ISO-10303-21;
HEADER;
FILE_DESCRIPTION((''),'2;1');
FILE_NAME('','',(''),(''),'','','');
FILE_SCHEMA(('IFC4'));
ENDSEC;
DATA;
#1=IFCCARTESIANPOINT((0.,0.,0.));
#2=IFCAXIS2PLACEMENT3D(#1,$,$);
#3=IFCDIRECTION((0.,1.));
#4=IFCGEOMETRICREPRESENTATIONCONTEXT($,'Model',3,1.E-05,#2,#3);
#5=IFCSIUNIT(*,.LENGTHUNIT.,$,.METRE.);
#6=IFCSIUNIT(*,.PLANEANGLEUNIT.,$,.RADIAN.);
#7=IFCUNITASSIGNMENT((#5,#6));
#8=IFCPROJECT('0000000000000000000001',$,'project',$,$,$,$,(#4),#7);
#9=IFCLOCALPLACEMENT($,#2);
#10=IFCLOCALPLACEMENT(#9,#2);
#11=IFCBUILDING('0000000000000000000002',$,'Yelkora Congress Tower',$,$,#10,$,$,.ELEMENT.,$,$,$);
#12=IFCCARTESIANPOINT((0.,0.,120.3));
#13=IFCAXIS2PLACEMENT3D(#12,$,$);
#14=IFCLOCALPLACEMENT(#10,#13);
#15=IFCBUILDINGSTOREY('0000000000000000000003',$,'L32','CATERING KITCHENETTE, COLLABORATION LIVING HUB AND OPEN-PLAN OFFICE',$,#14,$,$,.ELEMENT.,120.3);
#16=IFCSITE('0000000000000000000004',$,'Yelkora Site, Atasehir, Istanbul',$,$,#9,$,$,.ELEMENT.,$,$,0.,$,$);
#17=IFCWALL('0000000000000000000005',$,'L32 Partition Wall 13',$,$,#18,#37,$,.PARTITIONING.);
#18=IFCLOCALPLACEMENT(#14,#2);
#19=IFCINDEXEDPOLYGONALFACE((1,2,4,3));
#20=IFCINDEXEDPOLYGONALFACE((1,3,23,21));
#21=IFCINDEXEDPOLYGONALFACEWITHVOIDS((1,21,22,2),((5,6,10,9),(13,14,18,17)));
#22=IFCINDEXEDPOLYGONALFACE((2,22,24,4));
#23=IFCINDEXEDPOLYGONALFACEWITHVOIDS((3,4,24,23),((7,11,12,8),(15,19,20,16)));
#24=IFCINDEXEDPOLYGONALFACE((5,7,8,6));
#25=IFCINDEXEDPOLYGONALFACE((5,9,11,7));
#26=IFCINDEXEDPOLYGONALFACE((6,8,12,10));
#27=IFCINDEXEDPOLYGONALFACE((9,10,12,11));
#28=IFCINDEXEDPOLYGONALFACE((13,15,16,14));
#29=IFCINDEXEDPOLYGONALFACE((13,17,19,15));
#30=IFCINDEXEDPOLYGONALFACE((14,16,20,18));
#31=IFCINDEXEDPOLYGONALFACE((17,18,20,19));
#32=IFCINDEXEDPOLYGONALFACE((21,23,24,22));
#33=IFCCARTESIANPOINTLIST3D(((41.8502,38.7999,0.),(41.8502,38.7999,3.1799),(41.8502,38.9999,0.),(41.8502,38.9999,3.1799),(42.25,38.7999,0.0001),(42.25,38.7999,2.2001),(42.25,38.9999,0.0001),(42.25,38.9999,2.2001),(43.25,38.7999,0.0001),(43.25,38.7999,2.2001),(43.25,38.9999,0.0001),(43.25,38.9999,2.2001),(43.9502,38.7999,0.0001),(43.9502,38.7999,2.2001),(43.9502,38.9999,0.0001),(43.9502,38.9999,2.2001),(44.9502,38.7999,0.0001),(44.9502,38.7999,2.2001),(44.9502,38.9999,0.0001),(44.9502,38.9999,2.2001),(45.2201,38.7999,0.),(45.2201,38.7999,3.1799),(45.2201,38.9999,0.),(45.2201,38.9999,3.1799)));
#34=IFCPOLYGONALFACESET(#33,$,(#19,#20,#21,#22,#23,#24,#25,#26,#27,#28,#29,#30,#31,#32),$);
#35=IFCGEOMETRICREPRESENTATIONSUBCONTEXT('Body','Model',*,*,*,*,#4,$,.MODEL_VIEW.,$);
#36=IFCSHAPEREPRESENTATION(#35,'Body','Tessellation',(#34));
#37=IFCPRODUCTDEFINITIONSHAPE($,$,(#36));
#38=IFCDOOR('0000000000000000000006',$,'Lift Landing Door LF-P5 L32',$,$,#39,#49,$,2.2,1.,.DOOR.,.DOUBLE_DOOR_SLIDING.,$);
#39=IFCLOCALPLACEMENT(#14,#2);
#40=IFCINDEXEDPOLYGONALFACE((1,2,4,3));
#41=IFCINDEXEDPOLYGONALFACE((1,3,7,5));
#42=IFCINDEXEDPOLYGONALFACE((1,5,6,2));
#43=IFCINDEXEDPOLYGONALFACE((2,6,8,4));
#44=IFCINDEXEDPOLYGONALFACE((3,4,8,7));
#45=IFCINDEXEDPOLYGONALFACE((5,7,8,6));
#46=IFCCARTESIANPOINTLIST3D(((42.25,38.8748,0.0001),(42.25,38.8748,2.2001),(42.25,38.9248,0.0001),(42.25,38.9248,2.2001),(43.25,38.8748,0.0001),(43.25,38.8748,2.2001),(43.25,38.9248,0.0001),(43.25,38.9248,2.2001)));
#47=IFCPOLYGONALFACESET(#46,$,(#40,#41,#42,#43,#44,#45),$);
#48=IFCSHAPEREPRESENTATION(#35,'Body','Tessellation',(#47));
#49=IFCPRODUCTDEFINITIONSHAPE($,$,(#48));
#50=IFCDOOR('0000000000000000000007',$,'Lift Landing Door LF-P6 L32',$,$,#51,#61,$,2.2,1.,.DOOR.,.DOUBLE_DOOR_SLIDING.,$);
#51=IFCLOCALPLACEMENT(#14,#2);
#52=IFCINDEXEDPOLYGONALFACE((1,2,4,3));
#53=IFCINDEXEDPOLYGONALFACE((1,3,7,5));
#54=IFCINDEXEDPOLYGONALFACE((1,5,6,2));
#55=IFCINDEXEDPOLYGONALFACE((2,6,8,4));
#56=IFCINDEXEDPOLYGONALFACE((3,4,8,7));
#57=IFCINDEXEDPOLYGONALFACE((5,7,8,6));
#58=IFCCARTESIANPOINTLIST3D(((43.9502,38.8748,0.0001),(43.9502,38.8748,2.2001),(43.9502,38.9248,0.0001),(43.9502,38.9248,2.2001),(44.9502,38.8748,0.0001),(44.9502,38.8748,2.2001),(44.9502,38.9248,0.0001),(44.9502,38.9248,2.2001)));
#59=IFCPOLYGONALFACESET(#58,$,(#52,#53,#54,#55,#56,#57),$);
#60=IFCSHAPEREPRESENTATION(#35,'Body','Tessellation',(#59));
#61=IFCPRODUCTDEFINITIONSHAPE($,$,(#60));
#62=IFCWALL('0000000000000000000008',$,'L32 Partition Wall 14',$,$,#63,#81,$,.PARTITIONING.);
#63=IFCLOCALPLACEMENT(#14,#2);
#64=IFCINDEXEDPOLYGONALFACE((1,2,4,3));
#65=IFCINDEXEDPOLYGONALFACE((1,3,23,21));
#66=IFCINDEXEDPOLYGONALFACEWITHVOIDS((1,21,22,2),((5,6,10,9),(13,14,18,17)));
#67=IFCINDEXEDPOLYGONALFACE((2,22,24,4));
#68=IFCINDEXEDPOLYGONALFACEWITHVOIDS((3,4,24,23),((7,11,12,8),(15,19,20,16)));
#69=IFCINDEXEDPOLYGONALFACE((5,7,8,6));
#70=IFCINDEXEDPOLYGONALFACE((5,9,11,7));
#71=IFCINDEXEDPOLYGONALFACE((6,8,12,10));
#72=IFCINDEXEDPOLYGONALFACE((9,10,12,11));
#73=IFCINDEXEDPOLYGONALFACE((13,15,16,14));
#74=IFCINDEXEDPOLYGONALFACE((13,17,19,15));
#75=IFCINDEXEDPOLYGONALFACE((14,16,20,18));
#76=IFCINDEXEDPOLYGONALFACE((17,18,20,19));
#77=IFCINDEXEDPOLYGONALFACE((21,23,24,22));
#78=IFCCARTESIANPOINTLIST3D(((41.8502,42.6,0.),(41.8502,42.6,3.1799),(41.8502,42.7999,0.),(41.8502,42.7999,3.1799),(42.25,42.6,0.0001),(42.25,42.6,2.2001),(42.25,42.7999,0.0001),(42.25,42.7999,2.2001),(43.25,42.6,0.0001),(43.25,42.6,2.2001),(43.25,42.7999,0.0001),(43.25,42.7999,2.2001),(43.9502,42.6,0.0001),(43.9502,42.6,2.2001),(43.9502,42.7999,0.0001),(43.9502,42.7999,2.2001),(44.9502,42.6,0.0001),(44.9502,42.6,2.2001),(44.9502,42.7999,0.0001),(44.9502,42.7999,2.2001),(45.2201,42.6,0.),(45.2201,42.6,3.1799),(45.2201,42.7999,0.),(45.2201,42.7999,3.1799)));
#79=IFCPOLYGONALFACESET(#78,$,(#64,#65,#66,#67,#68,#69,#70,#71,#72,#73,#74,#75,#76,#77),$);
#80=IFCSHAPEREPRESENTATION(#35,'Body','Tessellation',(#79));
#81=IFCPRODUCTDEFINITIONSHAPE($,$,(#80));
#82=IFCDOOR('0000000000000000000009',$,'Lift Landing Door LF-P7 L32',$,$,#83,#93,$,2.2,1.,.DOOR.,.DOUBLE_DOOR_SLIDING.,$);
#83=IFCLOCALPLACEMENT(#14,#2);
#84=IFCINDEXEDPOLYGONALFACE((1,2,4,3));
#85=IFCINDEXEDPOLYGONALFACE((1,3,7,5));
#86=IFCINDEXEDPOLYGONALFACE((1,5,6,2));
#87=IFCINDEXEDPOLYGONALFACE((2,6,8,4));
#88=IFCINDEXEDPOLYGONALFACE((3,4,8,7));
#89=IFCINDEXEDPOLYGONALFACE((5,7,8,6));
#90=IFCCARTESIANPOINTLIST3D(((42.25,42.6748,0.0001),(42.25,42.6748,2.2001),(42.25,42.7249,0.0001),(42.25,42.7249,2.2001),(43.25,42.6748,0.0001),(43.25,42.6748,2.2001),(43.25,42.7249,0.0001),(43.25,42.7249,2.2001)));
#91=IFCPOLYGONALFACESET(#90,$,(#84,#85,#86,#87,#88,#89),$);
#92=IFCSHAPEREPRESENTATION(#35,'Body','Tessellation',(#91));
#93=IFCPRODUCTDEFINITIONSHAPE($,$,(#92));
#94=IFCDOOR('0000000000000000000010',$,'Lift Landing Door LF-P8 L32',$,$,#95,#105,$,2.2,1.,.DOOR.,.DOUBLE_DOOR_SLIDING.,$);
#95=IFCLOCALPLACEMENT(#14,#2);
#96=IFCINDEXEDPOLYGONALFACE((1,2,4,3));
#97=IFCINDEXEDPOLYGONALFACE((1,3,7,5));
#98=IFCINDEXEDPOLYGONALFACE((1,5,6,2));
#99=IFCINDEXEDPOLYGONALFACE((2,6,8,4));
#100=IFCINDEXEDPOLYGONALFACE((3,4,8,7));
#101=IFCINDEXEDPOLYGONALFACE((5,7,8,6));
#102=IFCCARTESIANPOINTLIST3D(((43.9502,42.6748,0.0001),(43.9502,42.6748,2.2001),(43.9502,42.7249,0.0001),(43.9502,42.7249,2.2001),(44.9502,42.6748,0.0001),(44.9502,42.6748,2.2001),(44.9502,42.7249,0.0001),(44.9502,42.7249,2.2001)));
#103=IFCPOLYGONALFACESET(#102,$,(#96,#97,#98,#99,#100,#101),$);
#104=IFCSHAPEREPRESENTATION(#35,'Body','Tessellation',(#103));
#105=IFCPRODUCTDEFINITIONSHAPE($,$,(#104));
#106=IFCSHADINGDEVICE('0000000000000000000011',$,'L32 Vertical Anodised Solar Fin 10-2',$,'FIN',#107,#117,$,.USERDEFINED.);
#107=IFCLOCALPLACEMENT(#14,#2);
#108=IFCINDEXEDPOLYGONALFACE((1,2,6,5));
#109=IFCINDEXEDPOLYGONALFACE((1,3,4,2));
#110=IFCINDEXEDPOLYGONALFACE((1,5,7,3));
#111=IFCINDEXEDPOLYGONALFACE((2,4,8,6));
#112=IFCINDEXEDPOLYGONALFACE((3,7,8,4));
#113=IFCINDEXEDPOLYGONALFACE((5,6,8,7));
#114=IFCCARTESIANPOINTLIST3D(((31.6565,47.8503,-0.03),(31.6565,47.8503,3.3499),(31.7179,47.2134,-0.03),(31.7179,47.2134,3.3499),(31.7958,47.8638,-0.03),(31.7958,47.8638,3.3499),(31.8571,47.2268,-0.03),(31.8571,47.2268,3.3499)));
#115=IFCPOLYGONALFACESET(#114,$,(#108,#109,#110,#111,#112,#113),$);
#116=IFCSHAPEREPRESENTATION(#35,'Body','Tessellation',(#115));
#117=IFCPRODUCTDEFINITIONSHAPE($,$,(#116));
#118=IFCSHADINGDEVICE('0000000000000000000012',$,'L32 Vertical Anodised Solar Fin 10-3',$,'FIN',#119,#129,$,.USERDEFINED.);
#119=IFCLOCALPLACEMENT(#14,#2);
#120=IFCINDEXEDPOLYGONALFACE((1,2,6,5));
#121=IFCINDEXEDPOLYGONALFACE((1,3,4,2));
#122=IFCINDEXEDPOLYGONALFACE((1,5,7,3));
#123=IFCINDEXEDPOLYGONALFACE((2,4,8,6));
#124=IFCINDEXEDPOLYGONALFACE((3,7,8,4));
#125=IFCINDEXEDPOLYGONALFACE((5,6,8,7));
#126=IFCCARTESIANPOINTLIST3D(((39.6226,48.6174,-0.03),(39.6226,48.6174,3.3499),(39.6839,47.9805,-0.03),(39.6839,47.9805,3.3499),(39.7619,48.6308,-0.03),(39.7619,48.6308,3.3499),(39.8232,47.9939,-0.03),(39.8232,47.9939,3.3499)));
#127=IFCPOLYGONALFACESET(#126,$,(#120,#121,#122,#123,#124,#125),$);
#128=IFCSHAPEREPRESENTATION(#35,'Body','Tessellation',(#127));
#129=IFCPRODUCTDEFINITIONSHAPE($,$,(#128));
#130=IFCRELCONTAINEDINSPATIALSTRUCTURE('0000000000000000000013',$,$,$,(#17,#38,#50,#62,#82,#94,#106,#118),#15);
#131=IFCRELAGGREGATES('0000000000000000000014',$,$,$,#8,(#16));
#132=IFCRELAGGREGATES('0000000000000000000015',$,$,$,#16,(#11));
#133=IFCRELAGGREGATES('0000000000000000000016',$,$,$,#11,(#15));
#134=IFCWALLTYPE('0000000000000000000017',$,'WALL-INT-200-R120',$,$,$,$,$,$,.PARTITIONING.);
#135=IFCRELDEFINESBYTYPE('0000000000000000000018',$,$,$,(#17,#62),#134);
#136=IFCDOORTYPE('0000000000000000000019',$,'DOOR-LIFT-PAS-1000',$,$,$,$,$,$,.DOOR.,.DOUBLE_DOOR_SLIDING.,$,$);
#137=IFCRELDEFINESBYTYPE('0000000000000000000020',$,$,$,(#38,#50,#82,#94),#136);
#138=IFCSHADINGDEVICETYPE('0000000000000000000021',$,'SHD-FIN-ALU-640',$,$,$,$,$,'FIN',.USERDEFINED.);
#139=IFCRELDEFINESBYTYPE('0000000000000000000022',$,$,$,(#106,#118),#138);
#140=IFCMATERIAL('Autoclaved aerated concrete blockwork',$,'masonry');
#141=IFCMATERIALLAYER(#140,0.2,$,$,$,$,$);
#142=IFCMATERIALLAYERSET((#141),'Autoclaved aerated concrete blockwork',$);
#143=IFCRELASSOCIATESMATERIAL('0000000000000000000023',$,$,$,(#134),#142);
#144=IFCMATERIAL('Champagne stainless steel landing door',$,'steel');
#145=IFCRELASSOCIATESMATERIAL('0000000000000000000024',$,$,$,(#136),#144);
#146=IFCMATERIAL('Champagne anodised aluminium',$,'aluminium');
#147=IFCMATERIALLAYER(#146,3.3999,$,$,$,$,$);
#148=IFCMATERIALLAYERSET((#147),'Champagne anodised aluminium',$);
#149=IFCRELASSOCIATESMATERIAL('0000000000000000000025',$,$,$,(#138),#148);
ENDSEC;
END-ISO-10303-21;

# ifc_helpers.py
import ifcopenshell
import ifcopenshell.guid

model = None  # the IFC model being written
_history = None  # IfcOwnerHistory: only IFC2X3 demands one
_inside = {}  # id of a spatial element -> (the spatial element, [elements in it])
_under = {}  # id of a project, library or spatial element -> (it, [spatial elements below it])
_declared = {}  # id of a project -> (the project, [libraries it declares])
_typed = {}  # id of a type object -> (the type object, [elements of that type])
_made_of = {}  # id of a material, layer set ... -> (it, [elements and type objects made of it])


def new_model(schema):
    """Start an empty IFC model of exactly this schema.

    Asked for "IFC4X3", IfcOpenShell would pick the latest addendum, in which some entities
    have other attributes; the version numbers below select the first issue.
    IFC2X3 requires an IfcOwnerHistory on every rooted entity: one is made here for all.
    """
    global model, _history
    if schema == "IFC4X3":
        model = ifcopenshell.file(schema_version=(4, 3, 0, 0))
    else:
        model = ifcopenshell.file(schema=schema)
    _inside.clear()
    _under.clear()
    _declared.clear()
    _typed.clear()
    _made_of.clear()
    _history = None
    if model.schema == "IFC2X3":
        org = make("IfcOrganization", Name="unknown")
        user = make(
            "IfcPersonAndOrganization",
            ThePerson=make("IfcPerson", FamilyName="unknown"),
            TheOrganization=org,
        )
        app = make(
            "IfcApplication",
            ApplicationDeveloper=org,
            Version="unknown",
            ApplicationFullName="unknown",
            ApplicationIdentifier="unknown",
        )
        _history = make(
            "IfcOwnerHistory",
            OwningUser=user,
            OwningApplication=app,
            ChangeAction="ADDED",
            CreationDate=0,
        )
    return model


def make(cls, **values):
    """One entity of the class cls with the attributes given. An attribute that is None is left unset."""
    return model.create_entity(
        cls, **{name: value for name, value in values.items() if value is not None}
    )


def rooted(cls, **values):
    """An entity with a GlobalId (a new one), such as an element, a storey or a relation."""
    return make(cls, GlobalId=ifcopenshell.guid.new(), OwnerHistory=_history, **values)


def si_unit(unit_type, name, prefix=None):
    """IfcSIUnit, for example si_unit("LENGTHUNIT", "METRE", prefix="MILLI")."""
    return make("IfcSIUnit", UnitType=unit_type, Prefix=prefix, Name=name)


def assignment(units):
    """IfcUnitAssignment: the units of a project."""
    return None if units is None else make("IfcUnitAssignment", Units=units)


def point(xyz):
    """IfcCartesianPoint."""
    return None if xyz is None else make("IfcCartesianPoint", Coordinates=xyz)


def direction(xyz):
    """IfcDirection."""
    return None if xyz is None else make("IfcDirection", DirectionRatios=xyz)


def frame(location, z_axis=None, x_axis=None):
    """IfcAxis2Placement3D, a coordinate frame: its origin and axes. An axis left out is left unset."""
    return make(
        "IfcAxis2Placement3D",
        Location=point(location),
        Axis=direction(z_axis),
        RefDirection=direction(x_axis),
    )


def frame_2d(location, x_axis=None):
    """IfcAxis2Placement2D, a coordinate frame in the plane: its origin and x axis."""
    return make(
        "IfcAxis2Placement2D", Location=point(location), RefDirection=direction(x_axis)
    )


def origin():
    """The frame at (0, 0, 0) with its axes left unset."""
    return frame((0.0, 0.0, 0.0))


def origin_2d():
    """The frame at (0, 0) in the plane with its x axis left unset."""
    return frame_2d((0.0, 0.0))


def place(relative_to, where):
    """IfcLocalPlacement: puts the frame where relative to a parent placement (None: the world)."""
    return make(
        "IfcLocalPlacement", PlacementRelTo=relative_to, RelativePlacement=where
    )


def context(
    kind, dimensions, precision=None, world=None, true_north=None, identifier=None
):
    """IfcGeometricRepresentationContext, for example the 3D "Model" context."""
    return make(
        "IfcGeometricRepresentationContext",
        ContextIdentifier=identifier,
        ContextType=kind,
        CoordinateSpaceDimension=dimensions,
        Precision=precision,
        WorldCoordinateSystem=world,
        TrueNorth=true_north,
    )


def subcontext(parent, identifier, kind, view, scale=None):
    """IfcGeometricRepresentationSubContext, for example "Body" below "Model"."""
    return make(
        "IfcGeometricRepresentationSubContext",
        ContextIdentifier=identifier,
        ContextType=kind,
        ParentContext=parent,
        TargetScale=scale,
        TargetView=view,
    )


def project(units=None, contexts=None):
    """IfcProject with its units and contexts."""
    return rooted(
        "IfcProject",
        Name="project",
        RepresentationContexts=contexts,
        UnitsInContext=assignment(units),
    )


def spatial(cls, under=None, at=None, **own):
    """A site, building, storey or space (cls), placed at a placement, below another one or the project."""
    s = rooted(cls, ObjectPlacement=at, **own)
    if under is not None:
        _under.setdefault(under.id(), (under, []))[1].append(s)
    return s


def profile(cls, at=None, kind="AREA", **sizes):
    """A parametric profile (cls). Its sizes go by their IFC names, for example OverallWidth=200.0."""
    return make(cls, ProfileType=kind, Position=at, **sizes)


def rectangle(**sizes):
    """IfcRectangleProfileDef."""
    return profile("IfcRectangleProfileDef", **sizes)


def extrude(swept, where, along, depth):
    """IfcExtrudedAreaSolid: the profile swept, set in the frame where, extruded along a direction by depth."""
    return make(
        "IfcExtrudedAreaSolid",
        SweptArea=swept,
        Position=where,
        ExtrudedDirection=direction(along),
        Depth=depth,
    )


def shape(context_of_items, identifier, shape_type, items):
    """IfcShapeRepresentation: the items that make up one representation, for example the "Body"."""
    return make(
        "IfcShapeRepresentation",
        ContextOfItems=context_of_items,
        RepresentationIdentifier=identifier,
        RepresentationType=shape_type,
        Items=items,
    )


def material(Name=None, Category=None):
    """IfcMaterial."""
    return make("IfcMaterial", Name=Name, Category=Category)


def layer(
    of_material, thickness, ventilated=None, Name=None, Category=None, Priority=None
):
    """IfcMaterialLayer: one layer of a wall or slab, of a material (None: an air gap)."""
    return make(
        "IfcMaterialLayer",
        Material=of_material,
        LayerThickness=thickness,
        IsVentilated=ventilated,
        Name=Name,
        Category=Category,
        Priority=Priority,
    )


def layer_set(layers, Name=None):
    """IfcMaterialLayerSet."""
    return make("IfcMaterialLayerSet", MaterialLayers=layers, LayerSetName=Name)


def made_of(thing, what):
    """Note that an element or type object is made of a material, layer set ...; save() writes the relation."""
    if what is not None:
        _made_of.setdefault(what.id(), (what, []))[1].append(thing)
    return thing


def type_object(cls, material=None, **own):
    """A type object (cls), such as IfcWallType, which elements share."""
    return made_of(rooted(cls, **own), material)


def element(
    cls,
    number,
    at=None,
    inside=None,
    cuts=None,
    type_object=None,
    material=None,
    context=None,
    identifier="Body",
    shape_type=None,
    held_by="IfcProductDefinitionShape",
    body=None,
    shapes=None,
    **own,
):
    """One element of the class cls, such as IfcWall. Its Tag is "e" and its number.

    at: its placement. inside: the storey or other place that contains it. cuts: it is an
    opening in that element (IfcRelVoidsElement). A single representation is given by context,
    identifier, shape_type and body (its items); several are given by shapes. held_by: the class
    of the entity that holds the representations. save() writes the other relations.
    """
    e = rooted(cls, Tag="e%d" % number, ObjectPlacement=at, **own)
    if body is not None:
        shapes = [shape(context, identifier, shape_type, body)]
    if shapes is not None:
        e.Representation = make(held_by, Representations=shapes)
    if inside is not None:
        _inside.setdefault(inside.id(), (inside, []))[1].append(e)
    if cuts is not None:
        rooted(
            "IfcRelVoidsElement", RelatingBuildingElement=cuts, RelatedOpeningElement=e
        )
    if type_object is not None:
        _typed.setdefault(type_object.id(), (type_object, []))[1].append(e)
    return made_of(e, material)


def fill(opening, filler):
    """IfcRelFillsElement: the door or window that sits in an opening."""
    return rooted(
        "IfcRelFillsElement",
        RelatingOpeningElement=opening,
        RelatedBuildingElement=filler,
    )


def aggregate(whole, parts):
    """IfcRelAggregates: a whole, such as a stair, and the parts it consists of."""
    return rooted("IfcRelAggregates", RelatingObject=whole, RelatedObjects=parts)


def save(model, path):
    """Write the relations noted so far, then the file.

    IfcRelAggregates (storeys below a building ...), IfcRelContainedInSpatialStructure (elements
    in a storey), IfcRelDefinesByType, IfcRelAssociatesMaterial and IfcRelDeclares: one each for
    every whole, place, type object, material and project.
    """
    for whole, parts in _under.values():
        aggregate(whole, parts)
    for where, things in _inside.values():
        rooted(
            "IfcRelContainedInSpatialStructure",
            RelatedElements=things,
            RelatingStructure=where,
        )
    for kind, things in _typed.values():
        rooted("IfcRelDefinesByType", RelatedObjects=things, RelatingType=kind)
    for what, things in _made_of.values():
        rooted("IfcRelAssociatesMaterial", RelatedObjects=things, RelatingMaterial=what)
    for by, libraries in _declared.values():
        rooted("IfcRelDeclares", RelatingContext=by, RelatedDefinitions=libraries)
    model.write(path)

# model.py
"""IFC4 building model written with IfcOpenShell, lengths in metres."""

from ifc_helpers import new_model, si_unit, direction, frame, frame_2d, origin, origin_2d, place, context, subcontext, project, spatial, rectangle, extrude, material, layer, layer_set, type_object, element, fill, save


model = new_model("IFC4")

# Units and contexts
model_context = context("Model", 3, precision=1e-05, world=origin(), true_north=direction((0.0, 1.0)))
body_context = subcontext(model_context, "Body", "Model", "MODEL_VIEW")
ifc_project = project(units=[si_unit("LENGTHUNIT", "METRE"), si_unit("PLANEANGLEUNIT", "RADIAN")], contexts=[model_context])

# Site, building, storey
site_placement = place(None, origin())
site = spatial("IfcSite", under=ifc_project, at=site_placement, Name="Yelkora Site, Atasehir, Istanbul", CompositionType="ELEMENT", RefElevation=0.0)
building_placement = place(site_placement, origin())
building = spatial("IfcBuilding", under=site, at=building_placement, Name="Yelkora Congress Tower", CompositionType="ELEMENT")
storey_placement = place(building_placement, frame((0.0, 0.0, 120.3)))
storey = spatial("IfcBuildingStorey", under=building, at=storey_placement, Name="L32", Description="CATERING KITCHENETTE, COLLABORATION LIVING HUB AND OPEN-PLAN OFFICE", CompositionType="ELEMENT", Elevation=120.3)

# Shared definitions
ifc_material_1 = material(Name="Autoclaved aerated concrete blockwork", Category="masonry")
ifc_layer_1 = layer(ifc_material_1, 0.2)
ifc_layer_set_1 = layer_set([ifc_layer_1], Name="Autoclaved aerated concrete blockwork")
wall_type_1 = type_object("IfcWallType", Name="WALL-INT-200-R120", PredefinedType="PARTITIONING", material=ifc_layer_set_1)

# Walls, openings, doors
wall_1_placement = place(storey_placement, frame((41.8501, 38.8999, 0.0), z_axis=(0.0, 0.0, 1.0), x_axis=(1.0, 0.0, 0.0)))
wall_1 = element("IfcWall", 1, at=wall_1_placement, inside=storey, type_object=wall_type_1, Name="L32 Partition Wall 13", PredefinedType="PARTITIONING", context=body_context, shape_type="SweptSolid", body=[
    extrude(rectangle(XDim=3.3699, YDim=0.2, at=frame_2d((1.6851, 0.0))), origin(), (0.0, 0.0, 1.0), 3.1799),
])
opening_1_placement = place(wall_1_placement, frame((0.3999, 0.0, 0.0)))
opening_1 = element("IfcOpeningElement", 2, at=opening_1_placement, cuts=wall_1, PredefinedType="OPENING", context=body_context, shape_type="SweptSolid", body=[
    extrude(rectangle(XDim=1.0, YDim=2.2, at=frame_2d((0.5, 1.1001))), frame((0.0, 0.1099, 0.0), z_axis=(0.0, -1.0, 0.0), x_axis=(1.0, 0.0, 0.0)), (0.0, 0.0, 1.0), 0.22),
])
opening_2_placement = place(wall_1_placement, frame((2.1001, 0.0, 0.0)))
opening_2 = element("IfcOpeningElement", 3, at=opening_2_placement, cuts=wall_1, PredefinedType="OPENING", context=body_context, shape_type="SweptSolid", body=[
    extrude(rectangle(XDim=1.0, YDim=2.2, at=frame_2d((0.5, 1.1001))), frame((0.0, 0.1099, 0.0), z_axis=(0.0, -1.0, 0.0), x_axis=(1.0, 0.0, 0.0)), (0.0, 0.0, 1.0), 0.22),
])
ifc_material_2 = material(Name="Champagne stainless steel landing door", Category="steel")
door_type_1 = type_object("IfcDoorType", Name="DOOR-LIFT-PAS-1000", OperationType="DOUBLE_DOOR_SLIDING", PredefinedType="DOOR", material=ifc_material_2)
door_1_placement = place(opening_1_placement, origin())
door_1 = element("IfcDoor", 4, at=door_1_placement, inside=storey, type_object=door_type_1, Name="Lift Landing Door LF-P5 L32", OperationType="DOUBLE_DOOR_SLIDING", OverallHeight=2.2, OverallWidth=1.0, PredefinedType="DOOR", context=body_context, shape_type="SweptSolid", body=[
    extrude(rectangle(XDim=1.0, YDim=2.2, at=frame_2d((0.5, 1.1001))), frame((0.0, 0.0249, 0.0), z_axis=(0.0, -1.0, 0.0), x_axis=(1.0, 0.0, 0.0)), (0.0, 0.0, 1.0), 0.05),
])
fill(opening_1, door_1)
door_2_placement = place(opening_2_placement, origin())
door_2 = element("IfcDoor", 5, at=door_2_placement, inside=storey, type_object=door_type_1, Name="Lift Landing Door LF-P6 L32", OperationType="DOUBLE_DOOR_SLIDING", OverallHeight=2.2, OverallWidth=1.0, PredefinedType="DOOR", context=body_context, shape_type="SweptSolid", body=[
    extrude(rectangle(XDim=1.0, YDim=2.2, at=frame_2d((0.5, 1.1001))), frame((0.0, 0.0249, 0.0), z_axis=(0.0, -1.0, 0.0), x_axis=(1.0, 0.0, 0.0)), (0.0, 0.0, 1.0), 0.05),
])
fill(opening_2, door_2)
wall_2_placement = place(storey_placement, frame((41.8501, 42.7, 0.0), z_axis=(0.0, 0.0, 1.0), x_axis=(1.0, 0.0, 0.0)))
wall_2 = element("IfcWall", 6, at=wall_2_placement, inside=storey, type_object=wall_type_1, Name="L32 Partition Wall 14", PredefinedType="PARTITIONING", context=body_context, shape_type="SweptSolid", body=[
    extrude(rectangle(XDim=3.3699, YDim=0.2, at=frame_2d((1.6851, 0.0))), origin(), (0.0, 0.0, 1.0), 3.1799),
])
opening_3_placement = place(wall_2_placement, frame((0.3999, 0.0, 0.0)))
opening_3 = element("IfcOpeningElement", 7, at=opening_3_placement, cuts=wall_2, PredefinedType="OPENING", context=body_context, shape_type="SweptSolid", body=[
    extrude(rectangle(XDim=1.0, YDim=2.2, at=frame_2d((0.5, 1.1001))), frame((0.0, 0.1099, 0.0), z_axis=(0.0, -1.0, 0.0), x_axis=(1.0, 0.0, 0.0)), (0.0, 0.0, 1.0), 0.22),
])
opening_4_placement = place(wall_2_placement, frame((2.1001, 0.0, 0.0)))
opening_4 = element("IfcOpeningElement", 8, at=opening_4_placement, cuts=wall_2, PredefinedType="OPENING", context=body_context, shape_type="SweptSolid", body=[
    extrude(rectangle(XDim=1.0, YDim=2.2, at=frame_2d((0.5, 1.1001))), frame((0.0, 0.1099, 0.0), z_axis=(0.0, -1.0, 0.0), x_axis=(1.0, 0.0, 0.0)), (0.0, 0.0, 1.0), 0.22),
])
door_3_placement = place(opening_3_placement, origin())
door_3 = element("IfcDoor", 9, at=door_3_placement, inside=storey, type_object=door_type_1, Name="Lift Landing Door LF-P7 L32", OperationType="DOUBLE_DOOR_SLIDING", OverallHeight=2.2, OverallWidth=1.0, PredefinedType="DOOR", context=body_context, shape_type="SweptSolid", body=[
    extrude(rectangle(XDim=1.0, YDim=2.2, at=frame_2d((0.5, 1.1001))), frame((0.0, 0.0249, 0.0), z_axis=(0.0, -1.0, 0.0), x_axis=(1.0, 0.0, 0.0)), (0.0, 0.0, 1.0), 0.05),
])
fill(opening_3, door_3)
door_4_placement = place(opening_4_placement, origin())
door_4 = element("IfcDoor", 10, at=door_4_placement, inside=storey, type_object=door_type_1, Name="Lift Landing Door LF-P8 L32", OperationType="DOUBLE_DOOR_SLIDING", OverallHeight=2.2, OverallWidth=1.0, PredefinedType="DOOR", context=body_context, shape_type="SweptSolid", body=[
    extrude(rectangle(XDim=1.0, YDim=2.2, at=frame_2d((0.5, 1.1001))), frame((0.0, 0.0249, 0.0), z_axis=(0.0, -1.0, 0.0), x_axis=(1.0, 0.0, 0.0)), (0.0, 0.0, 1.0), 0.05),
])
fill(opening_4, door_4)

# Shading devices
ifc_material_3 = material(Name="Champagne anodised aluminium", Category="aluminium")
ifc_layer_2 = layer(ifc_material_3, 3.3999)
ifc_layer_set_2 = layer_set([ifc_layer_2], Name="Champagne anodised aluminium")
shading_device_type = type_object("IfcShadingDeviceType", Name="SHD-FIN-ALU-640", ElementType="FIN", PredefinedType="USERDEFINED", material=ifc_layer_set_2)
for number, where, z_axis, x_axis, name in (
    (11, (31.7568, 47.5386, -0.03), (0.0, 0.0, 1.0), (0.995396, 0.095846, 0.0), "L32 Vertical Anodised Solar Fin 10-2"),
    (12, (39.7229, 48.3057, -0.03), (0.0, 0.0, 1.0), (0.995396, 0.095846, 0.0), "L32 Vertical Anodised Solar Fin 10-3"),
):
    element("IfcShadingDevice", number, at=place(storey_placement, frame(where, z_axis=z_axis, x_axis=x_axis)), inside=storey, type_object=shading_device_type, Name=name, ObjectType="FIN", PredefinedType="USERDEFINED", context=body_context, shape_type="SweptSolid", body=[
        extrude(rectangle(XDim=0.1399, YDim=0.6399, at=origin_2d()), origin(), (0.0, 0.0, 1.0), 3.3799),
    ])

save(model, "model.ifc")
